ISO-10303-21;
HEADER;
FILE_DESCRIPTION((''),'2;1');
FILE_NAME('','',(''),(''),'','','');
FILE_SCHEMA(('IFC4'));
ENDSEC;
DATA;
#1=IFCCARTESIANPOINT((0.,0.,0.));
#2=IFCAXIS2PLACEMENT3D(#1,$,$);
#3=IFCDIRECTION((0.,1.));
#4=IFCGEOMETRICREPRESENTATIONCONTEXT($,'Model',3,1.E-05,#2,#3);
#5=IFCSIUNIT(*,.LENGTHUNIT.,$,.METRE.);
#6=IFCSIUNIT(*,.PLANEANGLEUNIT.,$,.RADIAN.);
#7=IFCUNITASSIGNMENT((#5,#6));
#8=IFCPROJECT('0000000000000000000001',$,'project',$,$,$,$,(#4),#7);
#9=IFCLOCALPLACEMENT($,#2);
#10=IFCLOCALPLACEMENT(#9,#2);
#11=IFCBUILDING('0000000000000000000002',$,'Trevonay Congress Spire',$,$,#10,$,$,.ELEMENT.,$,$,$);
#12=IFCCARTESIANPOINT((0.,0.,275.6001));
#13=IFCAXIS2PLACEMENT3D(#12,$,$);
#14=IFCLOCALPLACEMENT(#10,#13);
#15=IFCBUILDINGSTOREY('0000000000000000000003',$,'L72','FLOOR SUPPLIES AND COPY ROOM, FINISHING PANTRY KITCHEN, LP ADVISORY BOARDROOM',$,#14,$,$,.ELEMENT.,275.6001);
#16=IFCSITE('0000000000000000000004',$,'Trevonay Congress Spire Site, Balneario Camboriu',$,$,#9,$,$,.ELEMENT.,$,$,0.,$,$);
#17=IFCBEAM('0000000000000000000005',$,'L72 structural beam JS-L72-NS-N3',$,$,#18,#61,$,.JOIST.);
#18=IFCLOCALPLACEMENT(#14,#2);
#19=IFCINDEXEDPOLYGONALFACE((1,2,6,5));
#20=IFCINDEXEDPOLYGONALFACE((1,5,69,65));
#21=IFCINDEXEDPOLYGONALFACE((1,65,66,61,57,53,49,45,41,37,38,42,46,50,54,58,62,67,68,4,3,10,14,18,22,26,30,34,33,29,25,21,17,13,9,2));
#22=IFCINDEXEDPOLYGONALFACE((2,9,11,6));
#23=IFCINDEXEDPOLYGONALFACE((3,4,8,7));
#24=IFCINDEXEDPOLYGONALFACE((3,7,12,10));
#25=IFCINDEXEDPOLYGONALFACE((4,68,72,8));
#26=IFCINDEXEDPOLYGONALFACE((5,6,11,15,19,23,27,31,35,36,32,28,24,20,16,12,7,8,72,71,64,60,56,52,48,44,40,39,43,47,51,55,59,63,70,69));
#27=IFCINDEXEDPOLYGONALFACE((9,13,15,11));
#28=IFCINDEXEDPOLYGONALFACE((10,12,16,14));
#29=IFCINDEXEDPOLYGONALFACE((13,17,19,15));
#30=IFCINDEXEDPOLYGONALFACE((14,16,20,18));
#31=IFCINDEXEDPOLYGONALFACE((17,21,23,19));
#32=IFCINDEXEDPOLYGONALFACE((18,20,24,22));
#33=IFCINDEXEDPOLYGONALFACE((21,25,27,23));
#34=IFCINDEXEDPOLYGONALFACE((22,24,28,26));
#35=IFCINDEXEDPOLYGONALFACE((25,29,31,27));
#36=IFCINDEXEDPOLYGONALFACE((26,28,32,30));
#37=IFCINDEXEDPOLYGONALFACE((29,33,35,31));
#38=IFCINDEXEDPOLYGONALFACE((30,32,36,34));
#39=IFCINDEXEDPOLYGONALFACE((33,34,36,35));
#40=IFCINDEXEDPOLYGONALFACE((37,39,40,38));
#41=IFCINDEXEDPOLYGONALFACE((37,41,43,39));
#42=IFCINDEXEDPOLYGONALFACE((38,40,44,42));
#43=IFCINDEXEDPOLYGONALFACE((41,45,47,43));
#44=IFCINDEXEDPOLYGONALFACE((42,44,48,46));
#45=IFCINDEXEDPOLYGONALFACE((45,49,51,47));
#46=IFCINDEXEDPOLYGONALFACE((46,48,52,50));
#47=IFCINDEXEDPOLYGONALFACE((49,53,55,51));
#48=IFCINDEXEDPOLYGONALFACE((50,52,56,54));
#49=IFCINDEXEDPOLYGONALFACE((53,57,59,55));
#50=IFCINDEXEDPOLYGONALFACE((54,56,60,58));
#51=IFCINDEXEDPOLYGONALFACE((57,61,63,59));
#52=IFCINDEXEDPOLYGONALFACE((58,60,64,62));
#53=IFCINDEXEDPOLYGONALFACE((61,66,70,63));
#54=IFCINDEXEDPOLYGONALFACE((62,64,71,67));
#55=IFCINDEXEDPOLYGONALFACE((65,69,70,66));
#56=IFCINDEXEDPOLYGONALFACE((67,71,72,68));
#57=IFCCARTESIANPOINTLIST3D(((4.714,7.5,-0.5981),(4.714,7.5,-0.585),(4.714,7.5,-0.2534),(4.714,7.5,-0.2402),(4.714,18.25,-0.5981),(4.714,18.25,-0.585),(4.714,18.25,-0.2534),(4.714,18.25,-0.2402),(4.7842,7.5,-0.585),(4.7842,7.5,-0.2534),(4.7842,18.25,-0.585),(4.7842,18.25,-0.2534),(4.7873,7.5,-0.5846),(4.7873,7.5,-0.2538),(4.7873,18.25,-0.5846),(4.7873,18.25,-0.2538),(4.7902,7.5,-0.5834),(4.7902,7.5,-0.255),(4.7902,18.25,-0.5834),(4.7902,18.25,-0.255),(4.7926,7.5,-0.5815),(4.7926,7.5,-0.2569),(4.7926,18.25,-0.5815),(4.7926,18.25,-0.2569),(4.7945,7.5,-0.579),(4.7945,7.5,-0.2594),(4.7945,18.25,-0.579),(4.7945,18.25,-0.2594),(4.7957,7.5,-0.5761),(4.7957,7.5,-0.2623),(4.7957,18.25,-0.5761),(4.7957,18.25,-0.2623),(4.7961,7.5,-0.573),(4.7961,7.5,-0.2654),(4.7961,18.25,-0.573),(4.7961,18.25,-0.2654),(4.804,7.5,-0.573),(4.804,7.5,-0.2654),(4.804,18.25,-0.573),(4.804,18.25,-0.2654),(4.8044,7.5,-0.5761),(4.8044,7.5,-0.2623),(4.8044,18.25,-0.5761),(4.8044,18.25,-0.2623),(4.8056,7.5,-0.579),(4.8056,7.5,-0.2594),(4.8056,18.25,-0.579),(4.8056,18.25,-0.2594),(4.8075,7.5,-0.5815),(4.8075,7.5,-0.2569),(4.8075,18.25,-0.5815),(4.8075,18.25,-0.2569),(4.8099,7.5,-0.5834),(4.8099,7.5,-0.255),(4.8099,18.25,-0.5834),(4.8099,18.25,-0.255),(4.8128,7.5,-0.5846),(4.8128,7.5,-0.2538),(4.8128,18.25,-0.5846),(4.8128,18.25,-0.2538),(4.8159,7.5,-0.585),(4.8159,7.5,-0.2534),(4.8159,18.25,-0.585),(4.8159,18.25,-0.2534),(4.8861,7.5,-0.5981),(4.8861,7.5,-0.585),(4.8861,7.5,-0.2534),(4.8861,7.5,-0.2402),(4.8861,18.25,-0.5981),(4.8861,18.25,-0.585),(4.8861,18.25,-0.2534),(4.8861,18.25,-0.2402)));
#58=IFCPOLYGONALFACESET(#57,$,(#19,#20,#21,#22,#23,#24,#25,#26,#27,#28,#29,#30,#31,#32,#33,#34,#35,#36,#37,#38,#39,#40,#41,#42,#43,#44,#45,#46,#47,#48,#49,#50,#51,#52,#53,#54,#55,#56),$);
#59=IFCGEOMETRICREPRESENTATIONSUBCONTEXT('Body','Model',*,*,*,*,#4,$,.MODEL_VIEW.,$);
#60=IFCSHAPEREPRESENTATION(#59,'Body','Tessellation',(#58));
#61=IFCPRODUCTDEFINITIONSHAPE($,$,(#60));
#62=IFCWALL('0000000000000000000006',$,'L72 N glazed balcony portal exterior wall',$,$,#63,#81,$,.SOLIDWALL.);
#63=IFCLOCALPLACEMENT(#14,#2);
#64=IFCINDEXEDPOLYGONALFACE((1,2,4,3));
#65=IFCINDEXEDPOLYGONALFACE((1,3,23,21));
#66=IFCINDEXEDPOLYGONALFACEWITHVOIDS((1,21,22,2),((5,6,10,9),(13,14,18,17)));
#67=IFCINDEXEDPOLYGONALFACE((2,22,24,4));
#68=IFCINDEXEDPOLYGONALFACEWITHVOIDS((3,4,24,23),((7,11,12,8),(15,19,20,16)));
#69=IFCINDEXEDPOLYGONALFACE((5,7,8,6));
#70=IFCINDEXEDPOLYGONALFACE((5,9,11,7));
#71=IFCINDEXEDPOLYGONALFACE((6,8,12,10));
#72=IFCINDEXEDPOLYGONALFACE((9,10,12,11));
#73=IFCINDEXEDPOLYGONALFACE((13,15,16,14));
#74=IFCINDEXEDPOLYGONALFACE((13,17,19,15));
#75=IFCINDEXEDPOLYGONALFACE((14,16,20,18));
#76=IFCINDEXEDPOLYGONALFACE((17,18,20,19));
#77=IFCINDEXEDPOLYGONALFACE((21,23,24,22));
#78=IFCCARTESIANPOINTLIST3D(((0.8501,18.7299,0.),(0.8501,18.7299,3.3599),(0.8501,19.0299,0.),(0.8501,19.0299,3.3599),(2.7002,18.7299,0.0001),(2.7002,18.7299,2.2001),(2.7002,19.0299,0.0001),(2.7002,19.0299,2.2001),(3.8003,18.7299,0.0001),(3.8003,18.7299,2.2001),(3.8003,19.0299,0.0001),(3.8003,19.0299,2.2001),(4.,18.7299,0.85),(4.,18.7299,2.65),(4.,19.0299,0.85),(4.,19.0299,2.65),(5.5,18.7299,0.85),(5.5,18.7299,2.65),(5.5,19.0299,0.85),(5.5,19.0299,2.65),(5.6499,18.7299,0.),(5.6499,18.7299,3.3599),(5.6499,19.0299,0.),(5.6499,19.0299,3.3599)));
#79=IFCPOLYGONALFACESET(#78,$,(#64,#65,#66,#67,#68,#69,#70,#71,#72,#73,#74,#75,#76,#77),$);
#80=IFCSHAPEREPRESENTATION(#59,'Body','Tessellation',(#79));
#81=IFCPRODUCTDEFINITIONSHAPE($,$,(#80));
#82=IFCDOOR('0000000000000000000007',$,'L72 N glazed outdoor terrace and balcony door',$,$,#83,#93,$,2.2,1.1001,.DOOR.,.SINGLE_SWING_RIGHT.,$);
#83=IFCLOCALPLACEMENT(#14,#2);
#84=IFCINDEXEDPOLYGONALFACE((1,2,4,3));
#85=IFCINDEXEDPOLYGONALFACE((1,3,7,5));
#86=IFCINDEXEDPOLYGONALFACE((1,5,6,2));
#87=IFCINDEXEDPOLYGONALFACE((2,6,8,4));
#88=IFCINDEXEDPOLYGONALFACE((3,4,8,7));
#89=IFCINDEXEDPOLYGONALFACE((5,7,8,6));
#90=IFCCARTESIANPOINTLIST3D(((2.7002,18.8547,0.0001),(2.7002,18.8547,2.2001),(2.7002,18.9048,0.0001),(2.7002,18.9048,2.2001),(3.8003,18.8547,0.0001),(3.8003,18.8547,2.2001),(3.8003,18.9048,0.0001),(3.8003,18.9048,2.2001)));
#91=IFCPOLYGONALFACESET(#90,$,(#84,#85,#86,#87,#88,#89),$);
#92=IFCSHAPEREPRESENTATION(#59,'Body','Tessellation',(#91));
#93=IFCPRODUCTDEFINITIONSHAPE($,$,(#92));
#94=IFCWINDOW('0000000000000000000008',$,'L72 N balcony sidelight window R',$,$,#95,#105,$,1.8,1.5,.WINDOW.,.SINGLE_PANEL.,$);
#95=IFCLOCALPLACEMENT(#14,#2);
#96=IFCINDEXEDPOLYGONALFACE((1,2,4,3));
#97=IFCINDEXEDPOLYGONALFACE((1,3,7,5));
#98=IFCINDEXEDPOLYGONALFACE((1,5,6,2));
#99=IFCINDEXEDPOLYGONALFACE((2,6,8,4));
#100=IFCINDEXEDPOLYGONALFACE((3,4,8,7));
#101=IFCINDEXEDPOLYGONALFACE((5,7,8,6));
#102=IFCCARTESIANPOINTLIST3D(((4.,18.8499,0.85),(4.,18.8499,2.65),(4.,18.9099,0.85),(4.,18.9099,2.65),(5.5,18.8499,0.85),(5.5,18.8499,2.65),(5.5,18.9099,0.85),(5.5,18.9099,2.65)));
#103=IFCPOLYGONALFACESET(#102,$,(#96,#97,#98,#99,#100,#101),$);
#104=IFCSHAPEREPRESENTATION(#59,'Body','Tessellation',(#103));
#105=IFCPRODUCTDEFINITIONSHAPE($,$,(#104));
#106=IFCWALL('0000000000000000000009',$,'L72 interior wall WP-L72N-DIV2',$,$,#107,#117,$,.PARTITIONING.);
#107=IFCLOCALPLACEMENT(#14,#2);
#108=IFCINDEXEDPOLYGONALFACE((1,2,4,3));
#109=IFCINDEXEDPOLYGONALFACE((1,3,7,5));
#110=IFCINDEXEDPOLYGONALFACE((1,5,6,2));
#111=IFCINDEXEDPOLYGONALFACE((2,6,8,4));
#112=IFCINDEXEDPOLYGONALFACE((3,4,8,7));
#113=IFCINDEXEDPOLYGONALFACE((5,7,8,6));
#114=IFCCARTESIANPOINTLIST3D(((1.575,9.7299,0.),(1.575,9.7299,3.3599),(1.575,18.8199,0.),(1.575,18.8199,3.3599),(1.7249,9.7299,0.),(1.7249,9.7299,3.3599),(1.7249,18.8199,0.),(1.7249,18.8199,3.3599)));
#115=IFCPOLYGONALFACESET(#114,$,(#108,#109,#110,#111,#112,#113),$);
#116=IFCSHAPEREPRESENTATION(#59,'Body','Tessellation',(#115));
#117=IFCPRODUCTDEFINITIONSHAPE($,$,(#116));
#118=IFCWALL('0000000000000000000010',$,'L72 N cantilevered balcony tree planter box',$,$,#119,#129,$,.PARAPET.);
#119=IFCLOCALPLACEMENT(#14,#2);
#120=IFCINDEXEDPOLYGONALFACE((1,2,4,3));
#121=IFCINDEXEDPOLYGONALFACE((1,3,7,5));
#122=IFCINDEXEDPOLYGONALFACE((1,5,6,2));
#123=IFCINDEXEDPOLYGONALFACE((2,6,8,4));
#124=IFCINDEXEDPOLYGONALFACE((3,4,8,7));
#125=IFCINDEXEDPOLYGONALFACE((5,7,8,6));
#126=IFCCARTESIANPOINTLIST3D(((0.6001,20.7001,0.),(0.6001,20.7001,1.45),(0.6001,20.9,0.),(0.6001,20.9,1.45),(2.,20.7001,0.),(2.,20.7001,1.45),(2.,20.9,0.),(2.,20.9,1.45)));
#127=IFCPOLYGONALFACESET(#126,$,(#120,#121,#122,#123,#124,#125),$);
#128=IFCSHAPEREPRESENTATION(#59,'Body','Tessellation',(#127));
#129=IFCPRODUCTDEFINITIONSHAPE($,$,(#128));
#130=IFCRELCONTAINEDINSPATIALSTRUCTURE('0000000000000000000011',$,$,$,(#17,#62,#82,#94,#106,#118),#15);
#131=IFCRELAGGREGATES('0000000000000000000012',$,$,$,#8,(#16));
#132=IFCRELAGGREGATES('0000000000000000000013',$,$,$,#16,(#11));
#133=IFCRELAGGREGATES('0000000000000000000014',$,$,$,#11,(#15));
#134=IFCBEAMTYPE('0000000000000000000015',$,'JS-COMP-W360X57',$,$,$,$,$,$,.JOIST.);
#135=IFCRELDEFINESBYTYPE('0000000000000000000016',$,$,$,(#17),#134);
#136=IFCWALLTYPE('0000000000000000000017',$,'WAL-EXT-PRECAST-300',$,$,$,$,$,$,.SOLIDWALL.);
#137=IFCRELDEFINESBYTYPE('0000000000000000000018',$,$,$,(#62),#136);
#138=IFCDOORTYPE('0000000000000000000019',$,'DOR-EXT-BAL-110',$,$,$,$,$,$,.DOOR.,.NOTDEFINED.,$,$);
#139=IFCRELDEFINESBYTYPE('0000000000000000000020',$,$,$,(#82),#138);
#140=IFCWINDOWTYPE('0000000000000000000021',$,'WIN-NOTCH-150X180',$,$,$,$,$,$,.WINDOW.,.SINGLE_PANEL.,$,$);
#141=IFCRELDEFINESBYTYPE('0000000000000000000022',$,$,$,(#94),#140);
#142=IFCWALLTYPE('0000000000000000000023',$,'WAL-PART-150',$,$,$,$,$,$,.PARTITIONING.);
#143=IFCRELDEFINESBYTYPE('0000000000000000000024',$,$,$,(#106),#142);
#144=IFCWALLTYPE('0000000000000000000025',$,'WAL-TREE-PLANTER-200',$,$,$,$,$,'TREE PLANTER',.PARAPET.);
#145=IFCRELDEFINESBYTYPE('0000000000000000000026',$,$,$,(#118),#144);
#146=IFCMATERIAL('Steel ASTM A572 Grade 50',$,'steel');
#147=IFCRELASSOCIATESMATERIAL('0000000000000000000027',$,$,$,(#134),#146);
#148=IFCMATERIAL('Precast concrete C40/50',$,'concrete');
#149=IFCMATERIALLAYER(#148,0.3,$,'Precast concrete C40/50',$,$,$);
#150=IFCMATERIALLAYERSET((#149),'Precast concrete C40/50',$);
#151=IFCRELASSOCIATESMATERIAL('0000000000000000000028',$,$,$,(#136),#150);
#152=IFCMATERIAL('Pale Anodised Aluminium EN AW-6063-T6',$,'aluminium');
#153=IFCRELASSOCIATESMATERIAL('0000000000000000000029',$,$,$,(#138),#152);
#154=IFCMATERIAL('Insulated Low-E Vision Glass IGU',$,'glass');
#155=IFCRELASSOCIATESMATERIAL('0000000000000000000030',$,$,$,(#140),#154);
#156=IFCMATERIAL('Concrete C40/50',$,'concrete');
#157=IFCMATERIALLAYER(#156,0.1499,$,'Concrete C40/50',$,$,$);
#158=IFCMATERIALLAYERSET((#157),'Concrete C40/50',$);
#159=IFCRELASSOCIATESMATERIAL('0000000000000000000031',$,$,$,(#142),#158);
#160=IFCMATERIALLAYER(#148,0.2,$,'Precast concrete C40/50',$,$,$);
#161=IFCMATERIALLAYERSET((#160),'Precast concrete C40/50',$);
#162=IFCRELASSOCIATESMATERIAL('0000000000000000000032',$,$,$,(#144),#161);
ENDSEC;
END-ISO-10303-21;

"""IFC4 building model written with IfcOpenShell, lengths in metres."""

from ifc_helpers import new_model, si_unit, direction, frame, frame_2d, origin, origin_2d, place, context, subcontext, project, spatial, rectangle, i_section, extrude, material, layer, layer_set, material_profile, profile_set, type_object, element, fill, save


model = new_model("IFC4")

# Units and contexts
model_context = context("Model", 3, precision=1e-05, world=origin(), true_north=direction((0.0, 1.0)))
body_context = subcontext(model_context, "Body", "Model", "MODEL_VIEW")
ifc_project = project(units=[si_unit("LENGTHUNIT", "METRE"), si_unit("PLANEANGLEUNIT", "RADIAN")], contexts=[model_context])

# Site, building, storey
site_placement = place(None, origin())
site = spatial("IfcSite", under=ifc_project, at=site_placement, Name="Trevonay Congress Spire Site, Balneario Camboriu", CompositionType="ELEMENT", RefElevation=0.0)
building_placement = place(site_placement, origin())
building = spatial("IfcBuilding", under=site, at=building_placement, Name="Trevonay Congress Spire", CompositionType="ELEMENT")
storey_placement = place(building_placement, frame((0.0, 0.0, 275.6001)))
storey = spatial("IfcBuildingStorey", under=building, at=storey_placement, Name="L72", Description="FLOOR SUPPLIES AND COPY ROOM, FINISHING PANTRY KITCHEN, LP ADVISORY BOARDROOM", CompositionType="ELEMENT", Elevation=275.6001)

# Shared definitions
ifc_material_1 = material(Name="Steel ASTM A572 Grade 50", Category="steel")

# Shared definitions
ifc_material_2 = material(Name="Pale Anodised Aluminium EN AW-6063-T6", Category="aluminium")

# Beam
ifc_material_profile_1 = material_profile(ifc_material_1, i_section(OverallWidth=0.1721, OverallDepth=0.3579, WebThickness=0.0078, FlangeThickness=0.0132, FilletRadius=0.012, at=origin_2d()), Name="W360x57.8")
ifc_profile_set_1 = profile_set([ifc_material_profile_1], Name="Steel ASTM A572 Grade 50")
beam_type_1 = type_object("IfcBeamType", Name="JS-COMP-W360X57", PredefinedType="JOIST", material=ifc_profile_set_1)
beam_1_placement = place(storey_placement, frame((4.8, 7.5, -0.4192), z_axis=(0.0, 1.0, 0.0), x_axis=(-1.0, 0.0, 0.0)))
element("IfcBeam", 1, at=beam_1_placement, inside=storey, type_object=beam_type_1, Name="L72 structural beam JS-L72-NS-N3", PredefinedType="JOIST", context=body_context, shape_type="SweptSolid", body=[
    extrude(i_section(OverallWidth=0.1721, OverallDepth=0.3579, WebThickness=0.0078, FlangeThickness=0.0132, FilletRadius=0.012, at=origin_2d()), origin(), (0.0, 0.0, 1.0), 10.75),
])

# Wall, openings, door, window
ifc_material_3 = material(Name="Precast concrete C40/50", Category="concrete")
ifc_layer_1 = layer(ifc_material_3, 0.3, Name="Precast concrete C40/50")
ifc_layer_set_1 = layer_set([ifc_layer_1], Name="Precast concrete C40/50")
wall_type_1 = type_object("IfcWallType", Name="WAL-EXT-PRECAST-300", PredefinedType="SOLIDWALL", material=ifc_layer_set_1)
wall_1_placement = place(storey_placement, frame((0.8501, 18.8799, 0.0), z_axis=(0.0, 0.0, 1.0), x_axis=(1.0, 0.0, 0.0)))
wall_1 = element("IfcWall", 2, at=wall_1_placement, inside=storey, type_object=wall_type_1, Name="L72 N glazed balcony portal exterior wall", PredefinedType="SOLIDWALL", context=body_context, shape_type="SweptSolid", body=[
    extrude(rectangle(XDim=4.7998, YDim=0.3, at=frame_2d((2.3999, 0.0))), origin(), (0.0, 0.0, 1.0), 3.3599),
])
opening_1_placement = place(wall_1_placement, frame((1.8501, 0.0, 0.0)))
opening_1 = element("IfcOpeningElement", 3, at=opening_1_placement, cuts=wall_1, PredefinedType="OPENING", context=body_context, shape_type="SweptSolid", body=[
    extrude(rectangle(XDim=1.1001, YDim=2.2, at=frame_2d((0.55, 1.1001))), frame((0.0, 0.1602, 0.0), z_axis=(0.0, -1.0, 0.0), x_axis=(1.0, 0.0, 0.0)), (0.0, 0.0, 1.0), 0.3201),
])
opening_2_placement = place(wall_1_placement, frame((3.1499, 0.0, 0.8501)))
opening_2 = element("IfcOpeningElement", 4, at=opening_2_placement, cuts=wall_1, PredefinedType="OPENING", context=body_context, shape_type="SweptSolid", body=[
    extrude(rectangle(XDim=1.5, YDim=1.8, at=frame_2d((0.75, 0.8999))), frame((0.0, 0.1602, 0.0), z_axis=(0.0, -1.0, 0.0), x_axis=(1.0, 0.0, 0.0)), (0.0, 0.0, 1.0), 0.3201),
])
door_type = type_object("IfcDoorType", Name="DOR-EXT-BAL-110", OperationType="NOTDEFINED", PredefinedType="DOOR", material=ifc_material_2)
door_placement = place(opening_1_placement, origin())
door = element("IfcDoor", 5, at=door_placement, inside=storey, type_object=door_type, Name="L72 N glazed outdoor terrace and balcony door", OperationType="SINGLE_SWING_RIGHT", OverallHeight=2.2, OverallWidth=1.1001, PredefinedType="DOOR", context=body_context, shape_type="SweptSolid", body=[
    extrude(rectangle(XDim=1.1001, YDim=2.2, at=frame_2d((0.55, 1.1001))), frame((0.0, 0.0249, 0.0), z_axis=(0.0, -1.0, 0.0), x_axis=(1.0, 0.0, 0.0)), (0.0, 0.0, 1.0), 0.05),
])
fill(opening_1, door)
ifc_material_4 = material(Name="Insulated Low-E Vision Glass IGU", Category="glass")
window_type = type_object("IfcWindowType", Name="WIN-NOTCH-150X180", PartitioningType="SINGLE_PANEL", PredefinedType="WINDOW", material=ifc_material_4)
window_placement = place(opening_2_placement, origin())
window = element("IfcWindow", 6, at=window_placement, inside=storey, type_object=window_type, Name="L72 N balcony sidelight window R", OverallHeight=1.8, OverallWidth=1.5, PartitioningType="SINGLE_PANEL", PredefinedType="WINDOW", context=body_context, shape_type="SweptSolid", body=[
    extrude(rectangle(XDim=1.5, YDim=1.8, at=frame_2d((0.75, 0.8999))), frame((0.0, 0.03, 0.0), z_axis=(0.0, -1.0, 0.0), x_axis=(1.0, 0.0, 0.0)), (0.0, 0.0, 1.0), 0.0601),
])
fill(opening_2, window)

# Walls
ifc_material_5 = material(Name="Concrete C40/50", Category="concrete")
ifc_layer_2 = layer(ifc_material_5, 0.1499, Name="Concrete C40/50")
ifc_layer_set_2 = layer_set([ifc_layer_2], Name="Concrete C40/50")
wall_type_2 = type_object("IfcWallType", Name="WAL-PART-150", PredefinedType="PARTITIONING", material=ifc_layer_set_2)
wall_2_placement = place(storey_placement, frame((1.6499, 9.73, 0.0), z_axis=(0.0, 0.0, 1.0), x_axis=(0.0, 1.0, 0.0)))
element("IfcWall", 7, at=wall_2_placement, inside=storey, type_object=wall_type_2, Name="L72 interior wall WP-L72N-DIV2", PredefinedType="PARTITIONING", context=body_context, shape_type="SweptSolid", body=[
    extrude(rectangle(XDim=9.0901, YDim=0.1499, at=frame_2d((4.5449, 0.0))), origin(), (0.0, 0.0, 1.0), 3.3599),
])
ifc_layer_3 = layer(ifc_material_3, 0.2, Name="Precast concrete C40/50")
ifc_layer_set_3 = layer_set([ifc_layer_3], Name="Precast concrete C40/50")
wall_type_3 = type_object("IfcWallType", Name="WAL-TREE-PLANTER-200", ElementType="TREE PLANTER", PredefinedType="PARAPET", material=ifc_layer_set_3)
wall_3_placement = place(storey_placement, frame((0.6001, 20.8, 0.0), z_axis=(0.0, 0.0, 1.0), x_axis=(1.0, 0.0, 0.0)))
element("IfcWall", 8, at=wall_3_placement, inside=storey, type_object=wall_type_3, Name="L72 N cantilevered balcony tree planter box", PredefinedType="PARAPET", context=body_context, shape_type="SweptSolid", body=[
    extrude(rectangle(XDim=1.3999, YDim=0.2, at=frame_2d((0.7, 0.0))), origin(), (0.0, 0.0, 1.0), 1.45),
])

save(model, "model.ifc")
